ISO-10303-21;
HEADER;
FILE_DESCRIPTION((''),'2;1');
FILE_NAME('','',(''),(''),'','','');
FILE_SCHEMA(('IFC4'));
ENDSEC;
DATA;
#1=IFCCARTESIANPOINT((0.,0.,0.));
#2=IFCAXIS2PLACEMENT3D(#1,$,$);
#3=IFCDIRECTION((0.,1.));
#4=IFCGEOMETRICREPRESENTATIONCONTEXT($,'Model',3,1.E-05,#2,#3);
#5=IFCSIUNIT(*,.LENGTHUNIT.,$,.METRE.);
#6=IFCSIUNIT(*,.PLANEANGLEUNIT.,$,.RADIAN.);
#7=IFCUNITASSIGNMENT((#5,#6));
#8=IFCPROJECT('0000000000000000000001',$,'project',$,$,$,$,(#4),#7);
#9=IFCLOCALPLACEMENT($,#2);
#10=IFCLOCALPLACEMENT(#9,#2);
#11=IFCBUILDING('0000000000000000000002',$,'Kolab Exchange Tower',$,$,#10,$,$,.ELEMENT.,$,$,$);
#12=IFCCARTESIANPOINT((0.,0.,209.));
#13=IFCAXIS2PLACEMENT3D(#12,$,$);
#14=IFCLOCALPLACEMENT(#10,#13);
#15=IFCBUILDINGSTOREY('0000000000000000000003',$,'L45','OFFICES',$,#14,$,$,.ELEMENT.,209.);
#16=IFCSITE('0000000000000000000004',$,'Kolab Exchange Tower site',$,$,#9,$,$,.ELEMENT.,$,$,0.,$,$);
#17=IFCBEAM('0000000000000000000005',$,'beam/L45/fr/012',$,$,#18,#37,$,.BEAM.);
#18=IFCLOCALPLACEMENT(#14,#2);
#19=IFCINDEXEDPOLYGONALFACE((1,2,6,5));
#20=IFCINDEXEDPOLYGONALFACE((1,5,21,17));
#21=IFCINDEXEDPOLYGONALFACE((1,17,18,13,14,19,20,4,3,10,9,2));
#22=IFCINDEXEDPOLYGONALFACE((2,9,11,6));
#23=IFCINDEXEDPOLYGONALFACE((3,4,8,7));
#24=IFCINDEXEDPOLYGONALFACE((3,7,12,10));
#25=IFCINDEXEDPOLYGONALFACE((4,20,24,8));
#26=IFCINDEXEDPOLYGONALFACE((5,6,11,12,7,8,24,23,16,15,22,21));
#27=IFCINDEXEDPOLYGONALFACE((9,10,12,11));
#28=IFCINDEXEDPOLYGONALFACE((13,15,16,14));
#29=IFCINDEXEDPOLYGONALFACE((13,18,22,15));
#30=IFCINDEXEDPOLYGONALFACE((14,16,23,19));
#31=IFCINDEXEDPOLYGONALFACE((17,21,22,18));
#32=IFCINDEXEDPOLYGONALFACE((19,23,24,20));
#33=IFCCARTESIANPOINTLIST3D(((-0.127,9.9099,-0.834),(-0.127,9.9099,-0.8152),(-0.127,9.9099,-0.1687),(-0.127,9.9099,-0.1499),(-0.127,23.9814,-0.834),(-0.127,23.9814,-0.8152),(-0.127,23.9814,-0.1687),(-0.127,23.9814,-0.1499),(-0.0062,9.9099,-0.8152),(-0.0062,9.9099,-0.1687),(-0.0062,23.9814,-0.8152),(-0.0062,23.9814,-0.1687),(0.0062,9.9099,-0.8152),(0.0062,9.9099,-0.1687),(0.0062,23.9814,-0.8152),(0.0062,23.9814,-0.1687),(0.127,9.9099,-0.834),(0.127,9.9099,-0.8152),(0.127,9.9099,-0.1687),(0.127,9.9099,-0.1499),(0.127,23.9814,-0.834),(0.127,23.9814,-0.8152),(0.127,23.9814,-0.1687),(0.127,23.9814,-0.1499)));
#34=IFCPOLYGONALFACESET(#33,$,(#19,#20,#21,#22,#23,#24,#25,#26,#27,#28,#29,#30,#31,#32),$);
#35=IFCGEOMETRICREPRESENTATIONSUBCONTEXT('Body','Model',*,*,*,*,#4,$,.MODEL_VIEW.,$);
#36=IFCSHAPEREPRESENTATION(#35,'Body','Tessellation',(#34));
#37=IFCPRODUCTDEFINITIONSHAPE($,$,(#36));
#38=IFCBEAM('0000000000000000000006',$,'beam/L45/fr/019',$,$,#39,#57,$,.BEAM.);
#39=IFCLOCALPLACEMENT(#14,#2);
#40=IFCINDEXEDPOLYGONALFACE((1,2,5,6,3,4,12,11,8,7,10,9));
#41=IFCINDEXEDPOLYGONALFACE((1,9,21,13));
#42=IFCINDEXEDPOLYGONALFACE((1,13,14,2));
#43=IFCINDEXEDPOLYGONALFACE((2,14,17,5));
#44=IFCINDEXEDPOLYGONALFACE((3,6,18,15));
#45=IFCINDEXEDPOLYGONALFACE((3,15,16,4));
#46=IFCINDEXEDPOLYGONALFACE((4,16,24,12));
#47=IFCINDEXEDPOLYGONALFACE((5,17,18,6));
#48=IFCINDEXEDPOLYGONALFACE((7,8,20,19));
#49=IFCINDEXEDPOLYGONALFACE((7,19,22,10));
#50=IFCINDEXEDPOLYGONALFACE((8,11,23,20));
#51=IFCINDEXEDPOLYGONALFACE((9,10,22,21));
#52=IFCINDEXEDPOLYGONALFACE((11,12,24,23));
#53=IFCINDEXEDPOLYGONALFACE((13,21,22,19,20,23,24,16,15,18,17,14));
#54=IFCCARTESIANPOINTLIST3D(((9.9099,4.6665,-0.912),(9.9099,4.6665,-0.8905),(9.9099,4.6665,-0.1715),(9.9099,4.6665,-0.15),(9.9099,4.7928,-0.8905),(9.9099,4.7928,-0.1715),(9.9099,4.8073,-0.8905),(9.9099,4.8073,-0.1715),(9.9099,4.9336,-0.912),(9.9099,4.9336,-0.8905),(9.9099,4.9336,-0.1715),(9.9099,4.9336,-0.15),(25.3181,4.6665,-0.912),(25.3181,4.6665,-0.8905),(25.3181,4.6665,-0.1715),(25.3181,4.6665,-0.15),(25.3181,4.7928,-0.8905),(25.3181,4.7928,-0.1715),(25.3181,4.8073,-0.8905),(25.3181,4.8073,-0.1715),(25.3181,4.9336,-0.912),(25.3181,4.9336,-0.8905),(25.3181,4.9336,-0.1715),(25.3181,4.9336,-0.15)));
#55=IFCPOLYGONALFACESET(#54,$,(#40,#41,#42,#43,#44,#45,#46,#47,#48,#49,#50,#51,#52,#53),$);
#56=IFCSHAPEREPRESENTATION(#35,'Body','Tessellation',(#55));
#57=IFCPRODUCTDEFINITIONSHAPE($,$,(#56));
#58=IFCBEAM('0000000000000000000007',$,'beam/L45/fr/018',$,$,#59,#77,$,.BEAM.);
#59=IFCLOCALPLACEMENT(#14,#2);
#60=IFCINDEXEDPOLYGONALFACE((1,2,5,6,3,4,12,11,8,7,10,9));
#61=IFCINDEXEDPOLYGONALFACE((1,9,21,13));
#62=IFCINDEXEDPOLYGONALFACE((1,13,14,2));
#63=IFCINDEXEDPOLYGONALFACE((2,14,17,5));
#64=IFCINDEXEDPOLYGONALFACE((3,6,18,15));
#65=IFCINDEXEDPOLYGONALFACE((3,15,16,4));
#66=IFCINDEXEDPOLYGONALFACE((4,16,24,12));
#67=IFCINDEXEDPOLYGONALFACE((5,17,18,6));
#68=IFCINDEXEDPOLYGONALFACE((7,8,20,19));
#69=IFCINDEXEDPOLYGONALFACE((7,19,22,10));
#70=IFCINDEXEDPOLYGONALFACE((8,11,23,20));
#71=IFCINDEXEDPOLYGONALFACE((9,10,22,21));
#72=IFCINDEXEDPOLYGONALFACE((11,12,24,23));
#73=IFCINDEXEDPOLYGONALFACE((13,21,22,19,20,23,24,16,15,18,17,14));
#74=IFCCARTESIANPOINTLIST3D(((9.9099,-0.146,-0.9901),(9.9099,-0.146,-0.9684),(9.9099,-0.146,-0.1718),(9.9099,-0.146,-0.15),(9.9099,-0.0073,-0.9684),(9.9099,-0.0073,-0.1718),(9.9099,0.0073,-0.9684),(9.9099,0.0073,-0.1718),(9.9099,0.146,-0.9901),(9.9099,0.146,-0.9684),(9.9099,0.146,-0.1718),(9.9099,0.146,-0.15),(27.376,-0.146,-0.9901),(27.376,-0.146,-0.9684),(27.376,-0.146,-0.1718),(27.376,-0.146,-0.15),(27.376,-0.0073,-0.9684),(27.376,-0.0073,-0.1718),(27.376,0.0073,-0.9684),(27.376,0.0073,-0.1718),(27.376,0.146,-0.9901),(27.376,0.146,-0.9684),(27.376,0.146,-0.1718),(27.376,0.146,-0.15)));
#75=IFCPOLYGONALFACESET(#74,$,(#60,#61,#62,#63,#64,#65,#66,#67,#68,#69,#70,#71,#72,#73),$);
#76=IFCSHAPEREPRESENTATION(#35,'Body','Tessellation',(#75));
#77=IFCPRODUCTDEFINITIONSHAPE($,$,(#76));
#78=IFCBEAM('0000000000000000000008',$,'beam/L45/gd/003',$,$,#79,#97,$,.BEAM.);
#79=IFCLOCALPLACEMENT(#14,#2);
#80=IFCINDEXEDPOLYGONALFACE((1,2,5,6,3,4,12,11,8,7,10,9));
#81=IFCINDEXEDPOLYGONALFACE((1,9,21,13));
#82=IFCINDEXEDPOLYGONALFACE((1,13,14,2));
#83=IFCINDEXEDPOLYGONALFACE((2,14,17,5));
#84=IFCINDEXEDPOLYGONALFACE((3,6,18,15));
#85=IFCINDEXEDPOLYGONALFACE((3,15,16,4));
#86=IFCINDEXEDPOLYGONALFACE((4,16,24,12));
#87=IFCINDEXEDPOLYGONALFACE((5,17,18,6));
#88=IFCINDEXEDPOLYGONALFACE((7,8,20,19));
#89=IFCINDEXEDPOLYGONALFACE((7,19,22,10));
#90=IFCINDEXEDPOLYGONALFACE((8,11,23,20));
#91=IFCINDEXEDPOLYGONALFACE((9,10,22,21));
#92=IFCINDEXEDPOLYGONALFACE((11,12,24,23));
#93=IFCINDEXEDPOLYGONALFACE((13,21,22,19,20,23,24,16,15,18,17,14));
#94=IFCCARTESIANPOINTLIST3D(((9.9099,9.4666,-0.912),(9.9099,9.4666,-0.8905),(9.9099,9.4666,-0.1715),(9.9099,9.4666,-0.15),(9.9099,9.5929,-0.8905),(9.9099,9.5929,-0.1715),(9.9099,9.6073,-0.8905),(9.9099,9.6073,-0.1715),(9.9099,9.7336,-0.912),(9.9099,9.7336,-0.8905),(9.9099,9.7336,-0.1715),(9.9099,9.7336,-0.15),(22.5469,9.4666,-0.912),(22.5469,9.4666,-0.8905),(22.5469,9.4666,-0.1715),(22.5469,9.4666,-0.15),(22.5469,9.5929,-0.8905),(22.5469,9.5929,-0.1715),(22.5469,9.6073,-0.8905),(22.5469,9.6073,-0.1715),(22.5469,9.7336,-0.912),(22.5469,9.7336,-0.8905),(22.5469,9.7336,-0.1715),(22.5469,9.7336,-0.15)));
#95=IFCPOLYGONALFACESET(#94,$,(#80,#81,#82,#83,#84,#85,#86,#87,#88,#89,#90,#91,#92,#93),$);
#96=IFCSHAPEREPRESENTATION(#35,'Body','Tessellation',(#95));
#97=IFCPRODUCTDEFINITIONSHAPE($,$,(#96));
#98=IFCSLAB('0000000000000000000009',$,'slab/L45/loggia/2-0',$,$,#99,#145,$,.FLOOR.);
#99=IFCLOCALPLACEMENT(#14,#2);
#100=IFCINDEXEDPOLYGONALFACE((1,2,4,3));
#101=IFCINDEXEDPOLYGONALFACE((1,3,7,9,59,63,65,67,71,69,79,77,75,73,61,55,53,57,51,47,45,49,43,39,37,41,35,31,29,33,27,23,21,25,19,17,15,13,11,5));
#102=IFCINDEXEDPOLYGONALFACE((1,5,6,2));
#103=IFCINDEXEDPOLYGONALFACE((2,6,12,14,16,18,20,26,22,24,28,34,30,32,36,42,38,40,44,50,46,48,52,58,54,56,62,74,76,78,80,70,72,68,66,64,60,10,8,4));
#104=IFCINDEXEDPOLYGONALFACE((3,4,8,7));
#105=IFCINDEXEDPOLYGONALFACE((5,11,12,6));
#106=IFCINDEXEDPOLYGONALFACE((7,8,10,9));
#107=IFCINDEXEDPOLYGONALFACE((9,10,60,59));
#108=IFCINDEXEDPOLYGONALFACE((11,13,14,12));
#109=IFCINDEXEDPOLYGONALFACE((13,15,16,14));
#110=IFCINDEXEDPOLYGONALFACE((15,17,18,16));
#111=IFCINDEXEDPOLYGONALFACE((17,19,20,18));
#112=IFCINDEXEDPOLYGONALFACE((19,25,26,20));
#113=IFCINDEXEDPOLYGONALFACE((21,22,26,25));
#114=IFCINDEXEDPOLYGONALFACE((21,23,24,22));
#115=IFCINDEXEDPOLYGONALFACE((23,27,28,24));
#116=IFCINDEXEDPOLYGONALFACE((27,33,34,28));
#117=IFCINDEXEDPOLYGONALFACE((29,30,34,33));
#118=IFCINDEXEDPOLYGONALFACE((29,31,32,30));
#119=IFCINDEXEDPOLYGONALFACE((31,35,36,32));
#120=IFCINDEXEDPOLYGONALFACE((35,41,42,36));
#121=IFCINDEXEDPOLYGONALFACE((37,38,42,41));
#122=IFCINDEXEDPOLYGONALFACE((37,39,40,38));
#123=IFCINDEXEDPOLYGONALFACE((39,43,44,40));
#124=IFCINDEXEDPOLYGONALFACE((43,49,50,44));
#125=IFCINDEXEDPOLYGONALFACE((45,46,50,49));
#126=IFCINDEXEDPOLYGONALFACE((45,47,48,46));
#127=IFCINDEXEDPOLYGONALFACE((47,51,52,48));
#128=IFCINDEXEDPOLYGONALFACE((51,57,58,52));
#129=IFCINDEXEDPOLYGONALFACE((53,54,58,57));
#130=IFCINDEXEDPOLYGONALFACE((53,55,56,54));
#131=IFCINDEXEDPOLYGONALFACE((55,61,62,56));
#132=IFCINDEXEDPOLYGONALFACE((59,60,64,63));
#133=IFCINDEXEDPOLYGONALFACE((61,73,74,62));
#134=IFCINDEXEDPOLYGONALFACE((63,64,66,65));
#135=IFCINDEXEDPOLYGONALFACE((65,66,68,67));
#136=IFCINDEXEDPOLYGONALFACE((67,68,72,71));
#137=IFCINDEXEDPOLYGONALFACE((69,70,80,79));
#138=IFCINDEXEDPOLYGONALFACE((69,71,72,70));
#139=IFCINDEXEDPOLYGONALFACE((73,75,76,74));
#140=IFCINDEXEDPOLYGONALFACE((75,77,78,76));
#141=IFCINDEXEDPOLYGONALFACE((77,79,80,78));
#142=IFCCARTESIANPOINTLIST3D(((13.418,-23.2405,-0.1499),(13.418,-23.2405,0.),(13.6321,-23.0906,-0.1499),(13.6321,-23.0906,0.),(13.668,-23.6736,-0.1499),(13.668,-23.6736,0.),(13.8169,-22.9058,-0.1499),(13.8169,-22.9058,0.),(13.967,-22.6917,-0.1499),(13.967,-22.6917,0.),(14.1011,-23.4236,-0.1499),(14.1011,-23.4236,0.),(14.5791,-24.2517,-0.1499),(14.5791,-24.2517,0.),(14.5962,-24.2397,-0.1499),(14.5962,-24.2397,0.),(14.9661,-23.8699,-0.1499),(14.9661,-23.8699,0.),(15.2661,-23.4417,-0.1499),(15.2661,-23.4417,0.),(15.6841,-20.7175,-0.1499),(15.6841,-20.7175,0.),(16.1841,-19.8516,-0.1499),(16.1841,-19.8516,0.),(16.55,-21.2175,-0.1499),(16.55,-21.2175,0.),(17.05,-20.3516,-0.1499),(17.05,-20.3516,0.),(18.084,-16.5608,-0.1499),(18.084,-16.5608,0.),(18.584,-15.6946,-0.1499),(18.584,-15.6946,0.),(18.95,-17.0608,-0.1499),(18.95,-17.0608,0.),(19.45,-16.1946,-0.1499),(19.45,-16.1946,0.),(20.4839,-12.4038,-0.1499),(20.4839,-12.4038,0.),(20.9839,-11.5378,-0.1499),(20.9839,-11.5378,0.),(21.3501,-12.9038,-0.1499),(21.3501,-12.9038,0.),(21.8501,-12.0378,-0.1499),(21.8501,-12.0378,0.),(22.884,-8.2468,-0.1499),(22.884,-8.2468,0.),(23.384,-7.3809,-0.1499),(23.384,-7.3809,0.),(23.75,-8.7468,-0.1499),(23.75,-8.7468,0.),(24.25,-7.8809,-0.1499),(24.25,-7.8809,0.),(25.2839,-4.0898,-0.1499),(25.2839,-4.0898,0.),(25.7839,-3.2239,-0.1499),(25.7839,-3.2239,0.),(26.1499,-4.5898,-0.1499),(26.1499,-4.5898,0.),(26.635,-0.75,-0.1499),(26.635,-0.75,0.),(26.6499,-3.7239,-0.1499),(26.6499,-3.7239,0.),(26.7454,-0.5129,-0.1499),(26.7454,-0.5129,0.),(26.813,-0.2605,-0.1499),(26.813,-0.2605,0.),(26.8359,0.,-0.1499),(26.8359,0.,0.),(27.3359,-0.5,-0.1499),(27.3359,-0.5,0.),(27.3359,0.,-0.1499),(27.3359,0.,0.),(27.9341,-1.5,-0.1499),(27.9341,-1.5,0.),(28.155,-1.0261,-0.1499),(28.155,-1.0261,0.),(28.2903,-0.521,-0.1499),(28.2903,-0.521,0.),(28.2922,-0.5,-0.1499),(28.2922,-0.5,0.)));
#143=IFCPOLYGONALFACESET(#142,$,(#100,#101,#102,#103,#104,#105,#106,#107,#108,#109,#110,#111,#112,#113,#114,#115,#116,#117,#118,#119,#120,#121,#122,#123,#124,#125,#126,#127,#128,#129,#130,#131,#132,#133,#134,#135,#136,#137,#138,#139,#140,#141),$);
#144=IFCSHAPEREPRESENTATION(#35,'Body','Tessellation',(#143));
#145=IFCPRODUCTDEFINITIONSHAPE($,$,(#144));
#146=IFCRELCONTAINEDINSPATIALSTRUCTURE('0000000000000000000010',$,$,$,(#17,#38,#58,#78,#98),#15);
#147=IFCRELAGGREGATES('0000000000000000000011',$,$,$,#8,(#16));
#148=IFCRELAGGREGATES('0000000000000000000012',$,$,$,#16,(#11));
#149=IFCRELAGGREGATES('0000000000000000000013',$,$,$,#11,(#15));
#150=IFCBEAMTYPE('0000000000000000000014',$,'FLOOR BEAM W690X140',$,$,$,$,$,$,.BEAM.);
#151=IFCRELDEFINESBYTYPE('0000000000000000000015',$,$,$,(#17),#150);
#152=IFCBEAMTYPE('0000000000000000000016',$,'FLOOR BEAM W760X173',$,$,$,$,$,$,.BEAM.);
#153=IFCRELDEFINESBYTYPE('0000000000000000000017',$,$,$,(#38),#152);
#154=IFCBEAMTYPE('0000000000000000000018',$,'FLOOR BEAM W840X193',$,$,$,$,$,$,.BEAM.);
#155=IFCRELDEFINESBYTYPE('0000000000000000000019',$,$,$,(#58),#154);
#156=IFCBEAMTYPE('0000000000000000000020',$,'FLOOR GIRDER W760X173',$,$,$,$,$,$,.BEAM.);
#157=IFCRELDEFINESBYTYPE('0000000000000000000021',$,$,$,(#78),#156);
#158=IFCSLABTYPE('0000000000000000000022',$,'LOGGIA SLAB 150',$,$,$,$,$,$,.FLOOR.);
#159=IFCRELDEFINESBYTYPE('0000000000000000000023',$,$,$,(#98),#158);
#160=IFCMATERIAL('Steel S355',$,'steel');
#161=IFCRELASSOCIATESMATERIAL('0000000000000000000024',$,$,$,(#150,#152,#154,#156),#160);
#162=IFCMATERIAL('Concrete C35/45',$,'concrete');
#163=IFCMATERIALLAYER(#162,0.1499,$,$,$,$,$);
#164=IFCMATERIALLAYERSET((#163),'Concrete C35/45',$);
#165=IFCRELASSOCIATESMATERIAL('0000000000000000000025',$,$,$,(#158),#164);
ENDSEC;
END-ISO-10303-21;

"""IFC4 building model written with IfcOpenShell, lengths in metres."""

from ifc_helpers import new_model, si_unit, direction, frame, origin, origin_2d, place, context, subcontext, project, spatial, polyline, i_section, outline, extrude, material, layer, layer_set, material_profile, profile_set, type_object, element, save


model = new_model("IFC4")

# Units and contexts
model_context = context("Model", 3, precision=1e-05, world=origin(), true_north=direction((0.0, 1.0)))
body_context = subcontext(model_context, "Body", "Model", "MODEL_VIEW")
ifc_project = project(units=[si_unit("LENGTHUNIT", "METRE"), si_unit("PLANEANGLEUNIT", "RADIAN")], contexts=[model_context])

# Site, building, storey
site_placement = place(None, origin())
site = spatial("IfcSite", under=ifc_project, at=site_placement, Name="Kolab Exchange Tower site", CompositionType="ELEMENT", RefElevation=0.0)
building_placement = place(site_placement, origin())
building = spatial("IfcBuilding", under=site, at=building_placement, Name="Kolab Exchange Tower", CompositionType="ELEMENT")
storey_placement = place(building_placement, frame((0.0, 0.0, 209.0)))
storey = spatial("IfcBuildingStorey", under=building, at=storey_placement, Name="L45", Description="OFFICES", CompositionType="ELEMENT", Elevation=209.0)

# Beams
ifc_material_1 = material(Name="Steel S355", Category="steel")
ifc_material_profile_1 = material_profile(ifc_material_1, i_section(OverallWidth=0.2539, OverallDepth=0.6841, WebThickness=0.0125, FlangeThickness=0.0188, at=origin_2d()), Name="W690X140")
ifc_profile_set_1 = profile_set([ifc_material_profile_1], Name="Steel S355")
beam_type_1 = type_object("IfcBeamType", Name="FLOOR BEAM W690X140", PredefinedType="BEAM", material=ifc_profile_set_1)
beam_1_placement = place(storey_placement, frame((0.0, 9.9099, -0.4919), z_axis=(0.0, 1.0, 0.0), x_axis=(-1.0, 0.0, 0.0)))
element("IfcBeam", 1, at=beam_1_placement, inside=storey, type_object=beam_type_1, Name="beam/L45/fr/012", PredefinedType="BEAM", context=body_context, shape_type="SweptSolid", body=[
    extrude(i_section(OverallWidth=0.2539, OverallDepth=0.6841, WebThickness=0.0125, FlangeThickness=0.0188, at=origin_2d()), origin(), (0.0, 0.0, 1.0), 14.0715),
])
ifc_material_profile_2 = material_profile(ifc_material_1, i_section(OverallWidth=0.2671, OverallDepth=0.762, WebThickness=0.0144, FlangeThickness=0.0215, at=origin_2d()), Name="W760X173")
ifc_profile_set_2 = profile_set([ifc_material_profile_2], Name="Steel S355")
beam_type_2 = type_object("IfcBeamType", Name="FLOOR BEAM W760X173", PredefinedType="BEAM", material=ifc_profile_set_2)
beam_2_placement = place(storey_placement, frame((9.9099, 4.8, -0.531), z_axis=(1.0, 0.0, 0.0), x_axis=(0.0, 1.0, 0.0)))
element("IfcBeam", 2, at=beam_2_placement, inside=storey, type_object=beam_type_2, Name="beam/L45/fr/019", PredefinedType="BEAM", context=body_context, shape_type="SweptSolid", body=[
    extrude(i_section(OverallWidth=0.2671, OverallDepth=0.762, WebThickness=0.0144, FlangeThickness=0.0215, at=origin_2d()), origin(), (0.0, 0.0, 1.0), 15.4082),
])
ifc_material_profile_3 = material_profile(ifc_material_1, i_section(OverallWidth=0.292, OverallDepth=0.8401, WebThickness=0.0146, FlangeThickness=0.0217, at=origin_2d()), Name="W840X193")
ifc_profile_set_3 = profile_set([ifc_material_profile_3], Name="Steel S355")
beam_type_3 = type_object("IfcBeamType", Name="FLOOR BEAM W840X193", PredefinedType="BEAM", material=ifc_profile_set_3)
beam_3_placement = place(storey_placement, frame((9.9099, 0.0, -0.5701), z_axis=(1.0, 0.0, 0.0), x_axis=(0.0, 1.0, 0.0)))
element("IfcBeam", 3, at=beam_3_placement, inside=storey, type_object=beam_type_3, Name="beam/L45/fr/018", PredefinedType="BEAM", context=body_context, shape_type="SweptSolid", body=[
    extrude(i_section(OverallWidth=0.292, OverallDepth=0.8401, WebThickness=0.0146, FlangeThickness=0.0217, at=origin_2d()), origin(), (0.0, 0.0, 1.0), 17.4661),
])
ifc_material_profile_4 = material_profile(ifc_material_1, i_section(OverallWidth=0.2671, OverallDepth=0.762, WebThickness=0.0144, FlangeThickness=0.0215, at=origin_2d()), Name="W760X173")
ifc_profile_set_4 = profile_set([ifc_material_profile_4], Name="Steel S355")
beam_type_4 = type_object("IfcBeamType", Name="FLOOR GIRDER W760X173", PredefinedType="BEAM", material=ifc_profile_set_4)
beam_4_placement = place(storey_placement, frame((9.9099, 9.6001, -0.531), z_axis=(1.0, 0.0, 0.0), x_axis=(0.0, 1.0, 0.0)))
element("IfcBeam", 4, at=beam_4_placement, inside=storey, type_object=beam_type_4, Name="beam/L45/gd/003", PredefinedType="BEAM", context=body_context, shape_type="SweptSolid", body=[
    extrude(i_section(OverallWidth=0.2671, OverallDepth=0.762, WebThickness=0.0144, FlangeThickness=0.0215, at=origin_2d()), origin(), (0.0, 0.0, 1.0), 12.637),
])

# Slab
ifc_material_2 = material(Name="Concrete C35/45", Category="concrete")
ifc_layer_1 = layer(ifc_material_2, 0.1499)
ifc_layer_set_1 = layer_set([ifc_layer_1], Name="Concrete C35/45")
slab_type_1 = type_object("IfcSlabType", Name="LOGGIA SLAB 150", PredefinedType="FLOOR", material=ifc_layer_set_1)
slab_1_placement = place(storey_placement, frame((0.0, 0.0, -0.1499)))
element("IfcSlab", 5, at=slab_1_placement, inside=storey, type_object=slab_type_1, Name="slab/L45/loggia/2-0", PredefinedType="FLOOR", context=body_context, shape_type="SweptSolid", body=[
    extrude(outline(polyline([(15.2661, -23.4417), (16.55, -21.2175), (15.6841, -20.7175), (16.1841, -19.8516), (17.05, -20.3516), (18.95, -17.0608), (18.084, -16.5608), (18.584, -15.6946), (19.45, -16.1946), (21.3501, -12.9038), (20.4839, -12.4038), (20.9839, -11.5378), (21.8501, -12.0378), (23.75, -8.7468), (22.884, -8.2468), (23.384, -7.3809), (24.25, -7.8809), (26.1499, -4.5898), (25.2839, -4.0898), (25.7839, -3.2239), (26.6499, -3.7239), (27.9341, -1.5), (28.155, -1.0261), (28.2903, -0.521), (28.2922, -0.5), (27.3359, -0.5), (27.3359, 0.0), (26.8359, 0.0), (26.813, -0.2605), (26.7454, -0.5129), (26.635, -0.75), (13.967, -22.6917), (13.8169, -22.9058), (13.6321, -23.0906), (13.418, -23.2405), (13.668, -23.6736), (14.1011, -23.4236), (14.5791, -24.2517), (14.5962, -24.2397), (14.9661, -23.8699), (15.2661, -23.4417)])), origin(), (0.0, 0.0, 1.0), 0.1499),
])

save(model, "model.ifc")
